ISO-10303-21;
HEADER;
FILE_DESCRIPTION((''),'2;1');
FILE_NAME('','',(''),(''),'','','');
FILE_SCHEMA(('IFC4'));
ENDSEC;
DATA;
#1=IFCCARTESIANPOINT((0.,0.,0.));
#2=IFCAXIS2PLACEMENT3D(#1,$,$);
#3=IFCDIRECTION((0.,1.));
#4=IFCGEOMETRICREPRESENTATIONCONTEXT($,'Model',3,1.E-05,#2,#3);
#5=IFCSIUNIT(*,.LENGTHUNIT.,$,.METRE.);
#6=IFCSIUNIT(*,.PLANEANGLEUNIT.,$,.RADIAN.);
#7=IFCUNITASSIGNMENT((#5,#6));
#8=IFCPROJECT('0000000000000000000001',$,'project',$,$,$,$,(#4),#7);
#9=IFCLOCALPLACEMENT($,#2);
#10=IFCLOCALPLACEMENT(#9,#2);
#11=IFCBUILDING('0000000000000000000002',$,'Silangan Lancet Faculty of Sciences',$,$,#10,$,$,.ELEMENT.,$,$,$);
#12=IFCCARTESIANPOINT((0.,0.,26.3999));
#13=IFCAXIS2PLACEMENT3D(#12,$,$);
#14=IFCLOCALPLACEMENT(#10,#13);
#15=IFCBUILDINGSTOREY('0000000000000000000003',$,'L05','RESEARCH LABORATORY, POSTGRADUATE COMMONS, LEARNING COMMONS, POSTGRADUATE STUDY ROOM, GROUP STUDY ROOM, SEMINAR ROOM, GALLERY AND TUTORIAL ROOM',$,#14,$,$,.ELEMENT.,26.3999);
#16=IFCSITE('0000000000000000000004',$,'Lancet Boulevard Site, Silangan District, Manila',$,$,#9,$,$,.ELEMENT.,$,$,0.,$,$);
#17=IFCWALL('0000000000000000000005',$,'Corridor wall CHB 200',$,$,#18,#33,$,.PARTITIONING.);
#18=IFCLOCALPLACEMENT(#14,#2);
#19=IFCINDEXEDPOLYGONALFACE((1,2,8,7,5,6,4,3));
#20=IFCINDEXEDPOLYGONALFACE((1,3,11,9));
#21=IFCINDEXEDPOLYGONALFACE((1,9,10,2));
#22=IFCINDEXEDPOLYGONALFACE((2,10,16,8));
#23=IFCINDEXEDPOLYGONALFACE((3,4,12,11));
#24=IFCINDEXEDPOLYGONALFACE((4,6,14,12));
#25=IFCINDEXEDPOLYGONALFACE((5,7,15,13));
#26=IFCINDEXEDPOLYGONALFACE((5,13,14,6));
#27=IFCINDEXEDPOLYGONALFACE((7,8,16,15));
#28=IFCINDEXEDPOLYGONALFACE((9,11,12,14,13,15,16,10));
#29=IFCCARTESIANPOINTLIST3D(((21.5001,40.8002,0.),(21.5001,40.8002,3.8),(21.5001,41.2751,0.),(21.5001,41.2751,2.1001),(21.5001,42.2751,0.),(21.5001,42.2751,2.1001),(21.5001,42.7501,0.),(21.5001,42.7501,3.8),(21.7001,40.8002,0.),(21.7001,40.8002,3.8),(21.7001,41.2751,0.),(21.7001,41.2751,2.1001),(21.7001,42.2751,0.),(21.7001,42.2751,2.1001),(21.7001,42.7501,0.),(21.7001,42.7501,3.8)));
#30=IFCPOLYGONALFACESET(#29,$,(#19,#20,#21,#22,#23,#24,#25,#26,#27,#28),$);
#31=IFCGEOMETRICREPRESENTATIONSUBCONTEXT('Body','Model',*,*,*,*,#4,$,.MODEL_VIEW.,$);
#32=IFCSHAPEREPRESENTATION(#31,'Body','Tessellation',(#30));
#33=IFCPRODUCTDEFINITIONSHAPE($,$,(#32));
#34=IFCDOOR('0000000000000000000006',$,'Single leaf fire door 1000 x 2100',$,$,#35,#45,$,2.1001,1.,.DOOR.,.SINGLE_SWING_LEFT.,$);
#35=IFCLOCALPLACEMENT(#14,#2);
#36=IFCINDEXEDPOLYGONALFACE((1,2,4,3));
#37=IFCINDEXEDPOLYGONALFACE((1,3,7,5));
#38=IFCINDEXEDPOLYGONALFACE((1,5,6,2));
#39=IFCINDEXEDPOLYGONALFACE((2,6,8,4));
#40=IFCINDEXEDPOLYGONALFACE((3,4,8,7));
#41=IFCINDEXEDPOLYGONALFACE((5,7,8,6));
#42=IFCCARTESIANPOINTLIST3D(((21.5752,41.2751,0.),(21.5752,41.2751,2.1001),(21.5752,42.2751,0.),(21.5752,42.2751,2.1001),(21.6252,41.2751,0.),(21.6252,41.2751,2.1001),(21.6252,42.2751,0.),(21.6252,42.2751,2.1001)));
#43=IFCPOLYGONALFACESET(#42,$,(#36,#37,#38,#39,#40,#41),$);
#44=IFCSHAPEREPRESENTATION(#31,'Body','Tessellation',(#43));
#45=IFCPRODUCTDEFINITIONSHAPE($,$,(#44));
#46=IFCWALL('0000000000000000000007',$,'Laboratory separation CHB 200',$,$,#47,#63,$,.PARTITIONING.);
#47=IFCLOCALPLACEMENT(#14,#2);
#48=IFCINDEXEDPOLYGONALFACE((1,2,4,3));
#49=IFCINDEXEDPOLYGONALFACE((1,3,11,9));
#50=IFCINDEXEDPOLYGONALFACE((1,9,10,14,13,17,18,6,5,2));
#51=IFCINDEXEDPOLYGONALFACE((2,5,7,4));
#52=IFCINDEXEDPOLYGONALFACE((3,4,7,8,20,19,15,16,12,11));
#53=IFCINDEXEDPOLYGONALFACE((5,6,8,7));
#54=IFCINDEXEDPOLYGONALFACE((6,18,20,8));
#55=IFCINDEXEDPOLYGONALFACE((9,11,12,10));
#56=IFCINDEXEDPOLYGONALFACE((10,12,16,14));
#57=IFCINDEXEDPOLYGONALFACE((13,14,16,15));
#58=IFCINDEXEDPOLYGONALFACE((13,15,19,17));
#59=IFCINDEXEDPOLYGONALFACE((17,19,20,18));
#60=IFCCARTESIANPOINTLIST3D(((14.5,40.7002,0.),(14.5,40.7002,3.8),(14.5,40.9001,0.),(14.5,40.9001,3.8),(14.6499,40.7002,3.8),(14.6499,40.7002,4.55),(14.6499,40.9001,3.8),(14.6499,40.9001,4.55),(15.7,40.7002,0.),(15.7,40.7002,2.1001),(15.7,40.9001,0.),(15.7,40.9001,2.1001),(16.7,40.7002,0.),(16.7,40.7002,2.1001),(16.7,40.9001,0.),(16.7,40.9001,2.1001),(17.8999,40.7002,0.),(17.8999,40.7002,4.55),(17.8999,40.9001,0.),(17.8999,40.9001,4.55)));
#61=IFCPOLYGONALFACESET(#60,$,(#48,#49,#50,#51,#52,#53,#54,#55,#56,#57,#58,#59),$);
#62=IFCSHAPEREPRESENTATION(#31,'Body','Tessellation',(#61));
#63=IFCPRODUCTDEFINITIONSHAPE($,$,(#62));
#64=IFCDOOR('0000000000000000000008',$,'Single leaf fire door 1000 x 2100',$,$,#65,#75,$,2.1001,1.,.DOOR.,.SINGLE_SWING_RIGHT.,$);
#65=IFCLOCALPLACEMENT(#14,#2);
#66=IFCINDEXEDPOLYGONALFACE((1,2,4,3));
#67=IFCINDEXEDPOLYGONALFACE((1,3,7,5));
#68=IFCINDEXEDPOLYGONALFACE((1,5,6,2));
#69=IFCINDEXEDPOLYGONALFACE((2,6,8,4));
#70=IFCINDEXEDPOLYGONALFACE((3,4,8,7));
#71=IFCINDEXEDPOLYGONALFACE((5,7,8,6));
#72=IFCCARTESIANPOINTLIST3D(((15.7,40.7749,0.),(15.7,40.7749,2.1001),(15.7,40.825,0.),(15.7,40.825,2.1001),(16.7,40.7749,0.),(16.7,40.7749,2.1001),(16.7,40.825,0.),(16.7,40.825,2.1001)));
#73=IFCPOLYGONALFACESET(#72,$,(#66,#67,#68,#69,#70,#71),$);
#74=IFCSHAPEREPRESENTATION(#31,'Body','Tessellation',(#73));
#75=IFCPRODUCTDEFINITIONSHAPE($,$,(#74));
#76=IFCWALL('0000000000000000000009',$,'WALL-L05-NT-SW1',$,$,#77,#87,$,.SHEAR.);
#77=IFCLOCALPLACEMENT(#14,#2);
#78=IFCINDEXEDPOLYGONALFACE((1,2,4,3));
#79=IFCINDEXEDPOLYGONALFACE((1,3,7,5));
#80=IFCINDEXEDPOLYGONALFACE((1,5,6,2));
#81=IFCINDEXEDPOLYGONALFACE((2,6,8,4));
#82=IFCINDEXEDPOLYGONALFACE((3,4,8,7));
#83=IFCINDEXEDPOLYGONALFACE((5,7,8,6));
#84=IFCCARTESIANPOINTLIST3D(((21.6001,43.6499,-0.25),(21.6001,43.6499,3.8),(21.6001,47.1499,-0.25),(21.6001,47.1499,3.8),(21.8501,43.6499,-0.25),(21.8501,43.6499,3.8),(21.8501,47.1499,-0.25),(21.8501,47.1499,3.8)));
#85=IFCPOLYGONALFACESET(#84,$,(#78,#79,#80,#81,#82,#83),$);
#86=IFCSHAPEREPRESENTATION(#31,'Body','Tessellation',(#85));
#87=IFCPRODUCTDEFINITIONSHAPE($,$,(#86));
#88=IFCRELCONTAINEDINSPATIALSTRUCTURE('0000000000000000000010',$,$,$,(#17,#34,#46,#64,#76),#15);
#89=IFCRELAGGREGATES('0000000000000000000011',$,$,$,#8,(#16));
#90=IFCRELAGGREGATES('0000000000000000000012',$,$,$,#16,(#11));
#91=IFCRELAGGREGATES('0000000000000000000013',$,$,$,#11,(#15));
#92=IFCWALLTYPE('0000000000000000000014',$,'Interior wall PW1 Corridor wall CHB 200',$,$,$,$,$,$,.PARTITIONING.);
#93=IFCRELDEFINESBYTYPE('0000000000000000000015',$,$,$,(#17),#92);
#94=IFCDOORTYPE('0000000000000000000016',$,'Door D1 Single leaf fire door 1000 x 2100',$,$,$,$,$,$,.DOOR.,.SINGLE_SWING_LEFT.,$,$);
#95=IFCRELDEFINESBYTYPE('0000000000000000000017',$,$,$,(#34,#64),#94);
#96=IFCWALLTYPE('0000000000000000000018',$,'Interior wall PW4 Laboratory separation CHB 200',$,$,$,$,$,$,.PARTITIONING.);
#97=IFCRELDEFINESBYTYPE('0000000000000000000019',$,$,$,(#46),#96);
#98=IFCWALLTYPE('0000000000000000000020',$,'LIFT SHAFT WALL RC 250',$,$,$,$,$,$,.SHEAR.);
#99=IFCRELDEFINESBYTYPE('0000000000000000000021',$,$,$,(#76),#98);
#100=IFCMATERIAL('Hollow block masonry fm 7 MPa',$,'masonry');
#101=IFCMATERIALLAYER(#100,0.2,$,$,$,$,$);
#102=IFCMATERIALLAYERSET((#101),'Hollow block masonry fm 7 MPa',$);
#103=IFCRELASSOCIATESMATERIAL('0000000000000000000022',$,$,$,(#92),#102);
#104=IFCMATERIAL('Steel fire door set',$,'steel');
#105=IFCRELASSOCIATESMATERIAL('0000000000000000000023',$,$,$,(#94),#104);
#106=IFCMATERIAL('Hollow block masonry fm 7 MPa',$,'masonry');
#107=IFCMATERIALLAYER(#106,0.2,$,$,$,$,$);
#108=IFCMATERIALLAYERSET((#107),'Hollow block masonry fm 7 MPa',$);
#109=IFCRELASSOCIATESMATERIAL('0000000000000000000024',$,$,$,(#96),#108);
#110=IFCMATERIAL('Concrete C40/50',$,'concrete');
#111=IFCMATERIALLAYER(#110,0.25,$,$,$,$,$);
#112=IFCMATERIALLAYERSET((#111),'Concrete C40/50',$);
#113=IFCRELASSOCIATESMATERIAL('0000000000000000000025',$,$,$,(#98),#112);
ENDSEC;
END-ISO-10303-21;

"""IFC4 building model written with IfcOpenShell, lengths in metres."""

from ifc_helpers import new_model, si_unit, direction, frame, frame_2d, origin, place, context, subcontext, project, spatial, polyline, rectangle, outline, extrude, material, layer, layer_set, type_object, element, fill, save


model = new_model("IFC4")

# Units and contexts
model_context = context("Model", 3, precision=1e-05, world=origin(), true_north=direction((0.0, 1.0)))
body_context = subcontext(model_context, "Body", "Model", "MODEL_VIEW")
ifc_project = project(units=[si_unit("LENGTHUNIT", "METRE"), si_unit("PLANEANGLEUNIT", "RADIAN")], contexts=[model_context])

# Site, building, storey
site_placement = place(None, origin())
site = spatial("IfcSite", under=ifc_project, at=site_placement, Name="Lancet Boulevard Site, Silangan District, Manila", CompositionType="ELEMENT", RefElevation=0.0)
building_placement = place(site_placement, origin())
building = spatial("IfcBuilding", under=site, at=building_placement, Name="Silangan Lancet Faculty of Sciences", CompositionType="ELEMENT")
storey_placement = place(building_placement, frame((0.0, 0.0, 26.3999)))
storey = spatial("IfcBuildingStorey", under=building, at=storey_placement, Name="L05", Description="RESEARCH LABORATORY, POSTGRADUATE COMMONS, LEARNING COMMONS, POSTGRADUATE STUDY ROOM, GROUP STUDY ROOM, SEMINAR ROOM, GALLERY AND TUTORIAL ROOM", CompositionType="ELEMENT", Elevation=26.3999)

# Walls, openings, doors
ifc_material_1 = material(Name="Hollow block masonry fm 7 MPa", Category="masonry")
ifc_layer_1 = layer(ifc_material_1, 0.2)
ifc_layer_set_1 = layer_set([ifc_layer_1], Name="Hollow block masonry fm 7 MPa")
wall_type_1 = type_object("IfcWallType", Name="Interior wall PW1 Corridor wall CHB 200", PredefinedType="PARTITIONING", material=ifc_layer_set_1)
ifc_material_2 = material(Name="Steel fire door set", Category="steel")
door_type_1 = type_object("IfcDoorType", Name="Door D1 Single leaf fire door 1000 x 2100", OperationType="SINGLE_SWING_LEFT", PredefinedType="DOOR", material=ifc_material_2)
wall_1_placement = place(storey_placement, frame((21.6001, 40.8, 0.0), z_axis=(0.0, 0.0, 1.0), x_axis=(0.0, 1.0, 0.0)))
wall_1 = element("IfcWall", 1, at=wall_1_placement, inside=storey, type_object=wall_type_1, Name="Corridor wall CHB 200", PredefinedType="PARTITIONING", context=body_context, shape_type="SweptSolid", body=[
    extrude(rectangle(XDim=1.95, YDim=0.2, at=frame_2d((0.9751, 0.0))), origin(), (0.0, 0.0, 1.0), 3.8),
])
opening_1_placement = place(wall_1_placement, frame((0.4751, 0.0, 0.0)))
opening_1 = element("IfcOpeningElement", 2, at=opening_1_placement, cuts=wall_1, PredefinedType="OPENING", context=body_context, shape_type="SweptSolid", body=[
    extrude(rectangle(XDim=1.0, YDim=2.1001, at=frame_2d((0.5, 1.05))), frame((0.0, 0.1099, 0.0), z_axis=(0.0, -1.0, 0.0), x_axis=(1.0, 0.0, 0.0)), (0.0, 0.0, 1.0), 0.22),
])
door_1_placement = place(opening_1_placement, frame((1.0, 0.0, 0.0), z_axis=(0.0, 0.0, 1.0), x_axis=(-1.0, 0.0, 0.0)))
door_1 = element("IfcDoor", 3, at=door_1_placement, inside=storey, type_object=door_type_1, Name="Single leaf fire door 1000 x 2100", OperationType="SINGLE_SWING_LEFT", OverallHeight=2.1001, OverallWidth=1.0, PredefinedType="DOOR", context=body_context, shape_type="SweptSolid", body=[
    extrude(rectangle(XDim=1.0, YDim=2.1001, at=frame_2d((0.5, 1.05))), frame((0.0, 0.0251, 0.0), z_axis=(0.0, -1.0, 0.0), x_axis=(1.0, 0.0, 0.0)), (0.0, 0.0, 1.0), 0.05),
])
fill(opening_1, door_1)
ifc_material_3 = material(Name="Hollow block masonry fm 7 MPa", Category="masonry")
ifc_layer_2 = layer(ifc_material_3, 0.2)
ifc_layer_set_2 = layer_set([ifc_layer_2], Name="Hollow block masonry fm 7 MPa")
wall_type_2 = type_object("IfcWallType", Name="Interior wall PW4 Laboratory separation CHB 200", PredefinedType="PARTITIONING", material=ifc_layer_set_2)
wall_2_placement = place(storey_placement, frame((14.5, 40.8, 0.0), z_axis=(0.0, 0.0, 1.0), x_axis=(1.0, 0.0, 0.0)))
wall_2 = element("IfcWall", 4, at=wall_2_placement, inside=storey, type_object=wall_type_2, Name="Laboratory separation CHB 200", PredefinedType="PARTITIONING", context=body_context, shape_type="SweptSolid", body=[
    extrude(outline(polyline([(0.0, 0.0), (3.3999, 0.0), (3.3999, 4.55), (0.1499, 4.55), (0.1499, 3.8), (0.0, 3.8), (0.0, 0.0)])), frame((0.0, 0.1001, 0.0), z_axis=(0.0, -1.0, 0.0), x_axis=(1.0, 0.0, 0.0)), (0.0, 0.0, 1.0), 0.2),
])
opening_2_placement = place(wall_2_placement, frame((1.2, 0.0, 0.0)))
opening_2 = element("IfcOpeningElement", 5, at=opening_2_placement, cuts=wall_2, PredefinedType="OPENING", context=body_context, shape_type="SweptSolid", body=[
    extrude(rectangle(XDim=1.0, YDim=2.1001, at=frame_2d((0.5, 1.05))), frame((0.0, 0.1099, 0.0), z_axis=(0.0, -1.0, 0.0), x_axis=(1.0, 0.0, 0.0)), (0.0, 0.0, 1.0), 0.22),
])
door_2_placement = place(opening_2_placement, frame((1.0, 0.0, 0.0), z_axis=(0.0, 0.0, 1.0), x_axis=(-1.0, 0.0, 0.0)))
door_2 = element("IfcDoor", 6, at=door_2_placement, inside=storey, type_object=door_type_1, Name="Single leaf fire door 1000 x 2100", OperationType="SINGLE_SWING_RIGHT", OverallHeight=2.1001, OverallWidth=1.0, PredefinedType="DOOR", context=body_context, shape_type="SweptSolid", body=[
    extrude(rectangle(XDim=1.0, YDim=2.1001, at=frame_2d((0.5, 1.05))), frame((0.0, 0.0251, 0.0), z_axis=(0.0, -1.0, 0.0), x_axis=(1.0, 0.0, 0.0)), (0.0, 0.0, 1.0), 0.05),
])
fill(opening_2, door_2)

# Wall
ifc_material_4 = material(Name="Concrete C40/50", Category="concrete")
ifc_layer_3 = layer(ifc_material_4, 0.25)
ifc_layer_set_3 = layer_set([ifc_layer_3], Name="Concrete C40/50")
wall_type_3 = type_object("IfcWallType", Name="LIFT SHAFT WALL RC 250", PredefinedType="SHEAR", material=ifc_layer_set_3)
wall_3_placement = place(storey_placement, frame((21.7251, 43.6499, -0.25), z_axis=(0.0, 0.0, 1.0), x_axis=(0.0, 1.0, 0.0)))
element("IfcWall", 7, at=wall_3_placement, inside=storey, type_object=wall_type_3, Name="WALL-L05-NT-SW1", PredefinedType="SHEAR", context=body_context, shape_type="SweptSolid", body=[
    extrude(rectangle(XDim=3.5, YDim=0.25, at=frame_2d((1.75, 0.0))), origin(), (0.0, 0.0, 1.0), 4.05),
])

save(model, "model.ifc")
